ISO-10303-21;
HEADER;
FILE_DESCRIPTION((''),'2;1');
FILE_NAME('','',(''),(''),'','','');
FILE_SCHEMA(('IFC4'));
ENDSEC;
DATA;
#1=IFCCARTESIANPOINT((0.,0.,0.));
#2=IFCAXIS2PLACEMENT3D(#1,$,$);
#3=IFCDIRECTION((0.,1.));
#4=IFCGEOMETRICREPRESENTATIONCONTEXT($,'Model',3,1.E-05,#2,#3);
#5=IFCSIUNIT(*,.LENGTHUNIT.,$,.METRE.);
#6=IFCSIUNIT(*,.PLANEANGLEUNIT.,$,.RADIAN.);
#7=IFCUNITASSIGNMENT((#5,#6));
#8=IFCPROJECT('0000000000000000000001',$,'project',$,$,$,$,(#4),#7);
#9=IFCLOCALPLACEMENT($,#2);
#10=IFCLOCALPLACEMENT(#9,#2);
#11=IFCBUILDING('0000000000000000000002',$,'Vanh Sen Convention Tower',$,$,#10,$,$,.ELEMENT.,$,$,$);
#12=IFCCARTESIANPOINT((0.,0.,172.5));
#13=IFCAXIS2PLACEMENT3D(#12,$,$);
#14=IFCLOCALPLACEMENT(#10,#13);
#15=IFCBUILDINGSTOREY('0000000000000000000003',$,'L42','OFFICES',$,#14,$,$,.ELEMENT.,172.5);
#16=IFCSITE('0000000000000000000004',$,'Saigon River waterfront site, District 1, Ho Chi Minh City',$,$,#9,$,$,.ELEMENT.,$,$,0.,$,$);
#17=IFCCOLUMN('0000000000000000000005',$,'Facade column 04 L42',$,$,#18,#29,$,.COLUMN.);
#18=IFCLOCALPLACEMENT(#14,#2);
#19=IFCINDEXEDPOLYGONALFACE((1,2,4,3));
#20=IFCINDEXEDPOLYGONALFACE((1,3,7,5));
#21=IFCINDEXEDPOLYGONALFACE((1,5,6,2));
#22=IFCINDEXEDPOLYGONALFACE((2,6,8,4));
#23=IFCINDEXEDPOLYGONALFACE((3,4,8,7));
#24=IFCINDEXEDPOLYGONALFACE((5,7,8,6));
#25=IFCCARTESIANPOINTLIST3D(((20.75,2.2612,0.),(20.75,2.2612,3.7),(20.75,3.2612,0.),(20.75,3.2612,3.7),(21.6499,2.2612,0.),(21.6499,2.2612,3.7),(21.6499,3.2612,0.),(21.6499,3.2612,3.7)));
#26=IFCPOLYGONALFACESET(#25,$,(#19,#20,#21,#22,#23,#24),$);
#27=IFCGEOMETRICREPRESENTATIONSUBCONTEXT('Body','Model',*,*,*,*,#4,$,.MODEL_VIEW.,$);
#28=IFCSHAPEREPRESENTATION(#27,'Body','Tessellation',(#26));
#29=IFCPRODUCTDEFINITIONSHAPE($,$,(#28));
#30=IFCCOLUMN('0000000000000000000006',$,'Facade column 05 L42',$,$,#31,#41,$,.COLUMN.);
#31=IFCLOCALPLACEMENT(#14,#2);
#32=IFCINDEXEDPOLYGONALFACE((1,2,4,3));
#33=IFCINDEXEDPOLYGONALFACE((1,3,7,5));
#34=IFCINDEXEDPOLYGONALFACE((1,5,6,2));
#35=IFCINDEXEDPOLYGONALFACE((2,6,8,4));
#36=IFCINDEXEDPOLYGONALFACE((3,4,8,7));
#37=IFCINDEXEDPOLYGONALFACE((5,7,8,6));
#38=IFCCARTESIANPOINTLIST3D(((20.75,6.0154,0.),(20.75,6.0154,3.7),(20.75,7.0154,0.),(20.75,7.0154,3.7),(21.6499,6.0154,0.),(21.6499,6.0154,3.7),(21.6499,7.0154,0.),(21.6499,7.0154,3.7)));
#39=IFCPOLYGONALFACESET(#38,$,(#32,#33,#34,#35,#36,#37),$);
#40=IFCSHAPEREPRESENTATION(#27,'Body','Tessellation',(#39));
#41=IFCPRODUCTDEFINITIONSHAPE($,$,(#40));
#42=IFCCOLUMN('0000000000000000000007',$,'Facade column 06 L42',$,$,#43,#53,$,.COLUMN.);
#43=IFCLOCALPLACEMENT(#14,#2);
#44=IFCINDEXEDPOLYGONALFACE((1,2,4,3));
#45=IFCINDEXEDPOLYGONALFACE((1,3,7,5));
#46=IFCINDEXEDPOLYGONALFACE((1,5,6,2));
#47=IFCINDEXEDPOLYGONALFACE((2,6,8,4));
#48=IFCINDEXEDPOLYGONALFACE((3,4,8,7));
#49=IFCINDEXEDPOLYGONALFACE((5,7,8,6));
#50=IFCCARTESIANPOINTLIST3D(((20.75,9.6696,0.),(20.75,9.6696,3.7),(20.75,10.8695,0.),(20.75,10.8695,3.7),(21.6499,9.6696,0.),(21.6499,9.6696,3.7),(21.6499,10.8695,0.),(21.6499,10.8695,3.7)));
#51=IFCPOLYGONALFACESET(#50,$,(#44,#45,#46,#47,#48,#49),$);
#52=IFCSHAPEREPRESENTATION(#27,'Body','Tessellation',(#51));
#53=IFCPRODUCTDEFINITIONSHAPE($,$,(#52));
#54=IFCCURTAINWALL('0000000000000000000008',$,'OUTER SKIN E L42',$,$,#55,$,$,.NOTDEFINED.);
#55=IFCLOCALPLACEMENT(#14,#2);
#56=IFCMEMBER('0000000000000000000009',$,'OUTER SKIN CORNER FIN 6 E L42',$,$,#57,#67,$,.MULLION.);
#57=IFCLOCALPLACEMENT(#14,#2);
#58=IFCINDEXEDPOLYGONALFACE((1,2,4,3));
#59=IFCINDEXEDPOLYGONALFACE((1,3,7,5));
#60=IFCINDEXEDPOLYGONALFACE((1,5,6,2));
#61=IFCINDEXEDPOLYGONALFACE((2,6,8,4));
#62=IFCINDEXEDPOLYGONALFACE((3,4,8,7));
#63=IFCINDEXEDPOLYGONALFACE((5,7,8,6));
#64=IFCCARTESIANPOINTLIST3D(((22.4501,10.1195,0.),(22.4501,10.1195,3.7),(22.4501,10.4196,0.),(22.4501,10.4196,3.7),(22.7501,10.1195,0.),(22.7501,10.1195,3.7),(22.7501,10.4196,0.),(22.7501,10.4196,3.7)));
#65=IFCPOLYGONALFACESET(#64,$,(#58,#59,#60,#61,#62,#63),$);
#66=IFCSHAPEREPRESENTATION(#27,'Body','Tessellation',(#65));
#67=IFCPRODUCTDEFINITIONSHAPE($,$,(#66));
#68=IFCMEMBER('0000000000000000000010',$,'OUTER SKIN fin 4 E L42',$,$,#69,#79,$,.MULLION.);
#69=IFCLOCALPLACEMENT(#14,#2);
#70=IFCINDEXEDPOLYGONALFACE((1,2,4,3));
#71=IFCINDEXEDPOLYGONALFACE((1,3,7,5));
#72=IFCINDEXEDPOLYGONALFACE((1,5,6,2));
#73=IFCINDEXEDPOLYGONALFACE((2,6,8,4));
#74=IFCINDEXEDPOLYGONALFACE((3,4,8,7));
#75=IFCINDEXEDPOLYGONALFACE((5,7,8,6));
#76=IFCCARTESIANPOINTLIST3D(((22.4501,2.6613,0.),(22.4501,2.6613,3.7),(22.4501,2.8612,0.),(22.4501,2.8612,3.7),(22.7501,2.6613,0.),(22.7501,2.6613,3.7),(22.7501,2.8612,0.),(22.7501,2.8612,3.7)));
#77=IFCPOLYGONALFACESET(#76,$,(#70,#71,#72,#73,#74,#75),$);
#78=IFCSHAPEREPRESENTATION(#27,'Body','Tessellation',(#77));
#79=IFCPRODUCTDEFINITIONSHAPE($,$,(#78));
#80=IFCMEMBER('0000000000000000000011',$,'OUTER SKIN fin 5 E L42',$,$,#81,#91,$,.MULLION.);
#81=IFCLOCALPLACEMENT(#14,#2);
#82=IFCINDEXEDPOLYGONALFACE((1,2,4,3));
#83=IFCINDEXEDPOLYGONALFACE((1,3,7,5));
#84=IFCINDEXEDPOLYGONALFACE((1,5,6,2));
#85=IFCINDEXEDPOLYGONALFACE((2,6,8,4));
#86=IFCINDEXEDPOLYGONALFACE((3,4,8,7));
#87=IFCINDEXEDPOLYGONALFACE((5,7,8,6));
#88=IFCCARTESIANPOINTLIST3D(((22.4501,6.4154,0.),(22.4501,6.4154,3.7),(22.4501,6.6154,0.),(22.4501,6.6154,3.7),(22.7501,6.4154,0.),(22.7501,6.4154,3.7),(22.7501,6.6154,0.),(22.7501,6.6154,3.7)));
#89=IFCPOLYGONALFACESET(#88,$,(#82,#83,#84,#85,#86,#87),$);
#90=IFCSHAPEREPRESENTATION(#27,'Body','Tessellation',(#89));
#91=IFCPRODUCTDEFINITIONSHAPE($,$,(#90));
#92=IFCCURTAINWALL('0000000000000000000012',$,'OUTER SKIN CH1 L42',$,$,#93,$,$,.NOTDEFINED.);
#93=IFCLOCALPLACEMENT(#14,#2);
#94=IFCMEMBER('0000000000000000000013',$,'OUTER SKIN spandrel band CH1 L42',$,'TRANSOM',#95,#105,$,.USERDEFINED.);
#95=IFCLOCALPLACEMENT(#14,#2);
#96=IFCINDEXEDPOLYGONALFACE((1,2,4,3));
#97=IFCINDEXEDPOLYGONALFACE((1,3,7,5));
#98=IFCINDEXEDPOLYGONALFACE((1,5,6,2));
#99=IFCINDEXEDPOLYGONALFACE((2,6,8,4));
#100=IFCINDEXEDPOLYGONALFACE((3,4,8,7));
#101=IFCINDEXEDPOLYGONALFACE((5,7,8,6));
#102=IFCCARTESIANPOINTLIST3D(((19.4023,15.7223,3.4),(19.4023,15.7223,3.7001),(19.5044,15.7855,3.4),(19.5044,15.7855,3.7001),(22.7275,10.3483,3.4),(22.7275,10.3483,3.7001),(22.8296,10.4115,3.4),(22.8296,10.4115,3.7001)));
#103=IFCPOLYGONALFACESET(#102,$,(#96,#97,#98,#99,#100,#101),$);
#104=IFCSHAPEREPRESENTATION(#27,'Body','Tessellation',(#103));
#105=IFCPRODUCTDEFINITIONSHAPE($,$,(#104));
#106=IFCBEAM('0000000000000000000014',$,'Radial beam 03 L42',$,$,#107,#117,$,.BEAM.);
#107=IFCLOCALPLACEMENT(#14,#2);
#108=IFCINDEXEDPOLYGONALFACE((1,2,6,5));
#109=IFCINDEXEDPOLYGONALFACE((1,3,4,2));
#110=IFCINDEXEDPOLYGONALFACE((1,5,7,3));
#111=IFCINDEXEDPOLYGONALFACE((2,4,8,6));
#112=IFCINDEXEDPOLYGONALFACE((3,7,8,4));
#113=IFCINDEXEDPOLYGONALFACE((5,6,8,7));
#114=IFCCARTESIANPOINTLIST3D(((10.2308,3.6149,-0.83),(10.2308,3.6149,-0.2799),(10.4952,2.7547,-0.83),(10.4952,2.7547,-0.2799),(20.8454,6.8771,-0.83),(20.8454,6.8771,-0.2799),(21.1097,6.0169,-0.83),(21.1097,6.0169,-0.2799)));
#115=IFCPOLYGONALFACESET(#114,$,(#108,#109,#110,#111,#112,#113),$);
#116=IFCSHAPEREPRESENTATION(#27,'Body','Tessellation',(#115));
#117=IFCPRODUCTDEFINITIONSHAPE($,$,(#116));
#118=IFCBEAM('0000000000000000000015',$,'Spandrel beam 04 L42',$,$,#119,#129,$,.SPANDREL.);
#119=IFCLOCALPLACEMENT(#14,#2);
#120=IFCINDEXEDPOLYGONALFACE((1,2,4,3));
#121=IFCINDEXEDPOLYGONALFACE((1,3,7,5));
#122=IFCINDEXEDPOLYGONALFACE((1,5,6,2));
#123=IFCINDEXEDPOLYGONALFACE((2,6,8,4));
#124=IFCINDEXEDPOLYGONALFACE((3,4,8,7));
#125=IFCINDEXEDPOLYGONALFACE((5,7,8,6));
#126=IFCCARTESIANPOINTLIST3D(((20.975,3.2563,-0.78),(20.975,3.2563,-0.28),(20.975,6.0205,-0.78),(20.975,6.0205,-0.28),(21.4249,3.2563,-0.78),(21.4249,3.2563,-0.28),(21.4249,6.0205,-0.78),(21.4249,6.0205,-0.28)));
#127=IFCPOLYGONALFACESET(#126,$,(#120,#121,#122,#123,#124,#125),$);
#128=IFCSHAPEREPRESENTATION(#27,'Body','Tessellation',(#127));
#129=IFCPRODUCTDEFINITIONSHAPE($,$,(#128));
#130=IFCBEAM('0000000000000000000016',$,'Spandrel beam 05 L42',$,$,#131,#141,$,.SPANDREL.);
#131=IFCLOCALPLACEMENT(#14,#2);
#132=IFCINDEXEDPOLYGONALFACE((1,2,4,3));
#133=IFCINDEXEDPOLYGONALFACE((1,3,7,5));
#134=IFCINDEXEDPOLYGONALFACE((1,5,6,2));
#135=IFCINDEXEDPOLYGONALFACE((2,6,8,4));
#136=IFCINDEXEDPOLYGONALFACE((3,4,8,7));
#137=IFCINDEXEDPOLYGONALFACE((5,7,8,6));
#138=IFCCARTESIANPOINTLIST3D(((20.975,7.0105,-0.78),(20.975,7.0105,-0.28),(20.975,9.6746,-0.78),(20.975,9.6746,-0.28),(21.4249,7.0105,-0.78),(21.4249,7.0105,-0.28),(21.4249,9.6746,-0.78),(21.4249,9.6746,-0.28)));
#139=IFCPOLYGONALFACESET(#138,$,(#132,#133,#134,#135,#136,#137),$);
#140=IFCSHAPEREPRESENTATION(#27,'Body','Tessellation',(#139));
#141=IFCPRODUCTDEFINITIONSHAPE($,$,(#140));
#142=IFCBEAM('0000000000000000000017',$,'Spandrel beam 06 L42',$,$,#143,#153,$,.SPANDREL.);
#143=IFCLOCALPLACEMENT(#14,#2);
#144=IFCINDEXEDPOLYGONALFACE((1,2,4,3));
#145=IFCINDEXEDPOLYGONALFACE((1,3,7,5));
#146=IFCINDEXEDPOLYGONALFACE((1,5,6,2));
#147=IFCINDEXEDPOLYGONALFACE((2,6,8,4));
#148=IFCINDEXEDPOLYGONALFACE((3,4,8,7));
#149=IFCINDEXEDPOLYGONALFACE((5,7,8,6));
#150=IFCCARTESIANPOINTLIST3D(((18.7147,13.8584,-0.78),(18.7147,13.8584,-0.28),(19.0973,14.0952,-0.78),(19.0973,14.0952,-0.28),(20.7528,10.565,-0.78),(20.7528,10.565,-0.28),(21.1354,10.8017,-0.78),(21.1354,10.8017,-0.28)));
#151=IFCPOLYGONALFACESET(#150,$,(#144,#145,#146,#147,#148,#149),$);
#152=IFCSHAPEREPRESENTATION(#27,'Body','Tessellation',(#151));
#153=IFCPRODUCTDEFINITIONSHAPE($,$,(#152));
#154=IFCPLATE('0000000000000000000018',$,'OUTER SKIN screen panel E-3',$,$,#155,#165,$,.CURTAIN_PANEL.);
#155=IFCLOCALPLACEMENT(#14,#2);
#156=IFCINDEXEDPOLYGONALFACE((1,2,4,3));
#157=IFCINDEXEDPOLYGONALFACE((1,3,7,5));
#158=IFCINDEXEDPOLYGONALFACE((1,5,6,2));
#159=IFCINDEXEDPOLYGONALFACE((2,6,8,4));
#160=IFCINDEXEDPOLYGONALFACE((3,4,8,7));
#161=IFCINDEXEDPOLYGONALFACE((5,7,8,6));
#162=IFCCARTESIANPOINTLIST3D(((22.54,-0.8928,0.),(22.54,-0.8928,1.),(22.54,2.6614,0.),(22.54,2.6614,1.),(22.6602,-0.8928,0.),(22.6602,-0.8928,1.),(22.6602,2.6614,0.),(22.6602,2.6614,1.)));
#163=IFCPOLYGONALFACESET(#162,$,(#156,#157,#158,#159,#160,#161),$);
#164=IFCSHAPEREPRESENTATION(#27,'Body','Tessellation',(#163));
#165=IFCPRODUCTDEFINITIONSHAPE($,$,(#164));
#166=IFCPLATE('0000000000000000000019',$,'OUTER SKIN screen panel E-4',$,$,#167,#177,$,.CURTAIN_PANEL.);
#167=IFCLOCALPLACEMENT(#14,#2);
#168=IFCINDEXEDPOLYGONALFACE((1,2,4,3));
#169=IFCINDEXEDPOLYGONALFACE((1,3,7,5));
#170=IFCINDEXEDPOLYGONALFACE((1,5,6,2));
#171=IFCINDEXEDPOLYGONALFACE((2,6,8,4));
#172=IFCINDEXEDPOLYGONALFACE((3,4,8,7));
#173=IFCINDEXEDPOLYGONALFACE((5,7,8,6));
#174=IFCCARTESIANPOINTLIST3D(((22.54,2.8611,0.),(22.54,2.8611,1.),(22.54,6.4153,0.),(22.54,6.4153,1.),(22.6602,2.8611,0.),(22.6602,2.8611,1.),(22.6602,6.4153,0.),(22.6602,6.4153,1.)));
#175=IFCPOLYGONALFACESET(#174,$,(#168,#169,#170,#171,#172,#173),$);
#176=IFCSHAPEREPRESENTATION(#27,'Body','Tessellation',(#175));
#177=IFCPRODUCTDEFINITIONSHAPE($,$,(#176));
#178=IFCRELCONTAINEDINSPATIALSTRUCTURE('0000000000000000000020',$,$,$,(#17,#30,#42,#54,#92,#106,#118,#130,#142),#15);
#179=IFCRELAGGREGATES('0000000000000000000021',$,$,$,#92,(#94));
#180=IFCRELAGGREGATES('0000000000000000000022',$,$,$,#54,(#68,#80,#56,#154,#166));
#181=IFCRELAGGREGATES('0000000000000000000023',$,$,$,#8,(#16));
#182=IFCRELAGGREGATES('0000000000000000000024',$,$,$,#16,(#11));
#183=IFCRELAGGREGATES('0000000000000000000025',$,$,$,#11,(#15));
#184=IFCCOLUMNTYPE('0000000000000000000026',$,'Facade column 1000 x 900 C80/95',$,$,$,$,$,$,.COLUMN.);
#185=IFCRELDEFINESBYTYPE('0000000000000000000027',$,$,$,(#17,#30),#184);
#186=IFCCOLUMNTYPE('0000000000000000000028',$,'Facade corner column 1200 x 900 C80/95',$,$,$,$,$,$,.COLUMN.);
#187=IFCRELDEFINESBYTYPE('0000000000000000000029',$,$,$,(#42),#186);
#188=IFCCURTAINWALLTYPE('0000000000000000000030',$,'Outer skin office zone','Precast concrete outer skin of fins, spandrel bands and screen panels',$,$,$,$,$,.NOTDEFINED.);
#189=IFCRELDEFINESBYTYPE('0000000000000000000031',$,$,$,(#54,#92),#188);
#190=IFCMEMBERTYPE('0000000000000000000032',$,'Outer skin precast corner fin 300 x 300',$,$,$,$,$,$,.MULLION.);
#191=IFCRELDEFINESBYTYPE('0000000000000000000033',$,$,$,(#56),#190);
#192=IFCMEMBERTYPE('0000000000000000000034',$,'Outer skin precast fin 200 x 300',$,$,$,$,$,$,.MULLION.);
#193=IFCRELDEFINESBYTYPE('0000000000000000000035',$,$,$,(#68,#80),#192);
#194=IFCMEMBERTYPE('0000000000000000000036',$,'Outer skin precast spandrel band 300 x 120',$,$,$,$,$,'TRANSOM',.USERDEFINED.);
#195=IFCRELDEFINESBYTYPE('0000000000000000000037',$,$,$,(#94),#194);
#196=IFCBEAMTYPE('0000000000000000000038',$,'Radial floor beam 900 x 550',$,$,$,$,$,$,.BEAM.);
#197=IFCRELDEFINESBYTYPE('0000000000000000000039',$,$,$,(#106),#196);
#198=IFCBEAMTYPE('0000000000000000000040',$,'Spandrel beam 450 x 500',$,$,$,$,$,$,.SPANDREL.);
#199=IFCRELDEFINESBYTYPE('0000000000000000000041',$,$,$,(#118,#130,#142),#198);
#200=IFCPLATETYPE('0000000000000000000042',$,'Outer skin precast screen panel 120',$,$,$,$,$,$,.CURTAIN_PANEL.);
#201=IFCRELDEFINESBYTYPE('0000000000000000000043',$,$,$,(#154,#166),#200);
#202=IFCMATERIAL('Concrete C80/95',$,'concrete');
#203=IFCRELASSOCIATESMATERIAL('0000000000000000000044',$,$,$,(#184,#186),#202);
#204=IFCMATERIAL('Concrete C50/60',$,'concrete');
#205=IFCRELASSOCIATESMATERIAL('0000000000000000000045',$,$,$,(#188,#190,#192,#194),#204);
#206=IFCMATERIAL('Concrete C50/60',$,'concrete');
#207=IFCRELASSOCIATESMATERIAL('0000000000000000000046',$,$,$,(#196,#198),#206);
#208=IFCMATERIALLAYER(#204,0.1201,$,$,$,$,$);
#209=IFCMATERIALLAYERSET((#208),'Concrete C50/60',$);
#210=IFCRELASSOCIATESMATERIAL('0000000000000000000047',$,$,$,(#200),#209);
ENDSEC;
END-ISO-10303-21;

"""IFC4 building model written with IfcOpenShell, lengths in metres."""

from ifc_helpers import new_model, si_unit, direction, frame, origin, origin_2d, place, context, subcontext, project, spatial, rectangle, extrude, material, layer, layer_set, material_profile, profile_set, type_object, element, aggregate, save


model = new_model("IFC4")

# Units and contexts
model_context = context("Model", 3, precision=1e-05, world=origin(), true_north=direction((0.0, 1.0)))
body_context = subcontext(model_context, "Body", "Model", "MODEL_VIEW")
ifc_project = project(units=[si_unit("LENGTHUNIT", "METRE"), si_unit("PLANEANGLEUNIT", "RADIAN")], contexts=[model_context])

# Site, building, storey
site_placement = place(None, origin())
site = spatial("IfcSite", under=ifc_project, at=site_placement, Name="Saigon River waterfront site, District 1, Ho Chi Minh City", CompositionType="ELEMENT", RefElevation=0.0)
building_placement = place(site_placement, origin())
building = spatial("IfcBuilding", under=site, at=building_placement, Name="Vanh Sen Convention Tower", CompositionType="ELEMENT")
storey_placement = place(building_placement, frame((0.0, 0.0, 172.5)))
storey = spatial("IfcBuildingStorey", under=building, at=storey_placement, Name="L42", Description="OFFICES", CompositionType="ELEMENT", Elevation=172.5)

# Columns
ifc_material_1 = material(Name="Concrete C80/95", Category="concrete")
ifc_material_profile_1 = material_profile(ifc_material_1, rectangle(XDim=1.0, YDim=0.8999, at=origin_2d()), Name="RC 1000X900")
ifc_profile_set_1 = profile_set([ifc_material_profile_1], Name="Concrete C80/95")
column_type_1 = type_object("IfcColumnType", Name="Facade column 1000 x 900 C80/95", PredefinedType="COLUMN", material=ifc_profile_set_1)
for number, where, z_axis, x_axis, name in (
    (1, (21.2, 2.7612, 0.0), (0.0, 0.0, 1.0), (0.0, 1.0, 0.0), "Facade column 04 L42"),
    (2, (21.2, 6.5154, 0.0), (0.0, 0.0, 1.0), (0.0, 1.0, 0.0), "Facade column 05 L42"),
):
    element("IfcColumn", number, at=place(storey_placement, frame(where, z_axis=z_axis, x_axis=x_axis)), inside=storey, type_object=column_type_1, Name=name, PredefinedType="COLUMN", context=body_context, shape_type="SweptSolid", body=[
        extrude(rectangle(XDim=1.0, YDim=0.8999, at=origin_2d()), origin(), (0.0, 0.0, 1.0), 3.7),
    ])
ifc_material_profile_2 = material_profile(ifc_material_1, rectangle(XDim=1.2, YDim=0.8999, at=origin_2d()), Name="RC 1200X900")
ifc_profile_set_2 = profile_set([ifc_material_profile_2], Name="Concrete C80/95")
column_type_2 = type_object("IfcColumnType", Name="Facade corner column 1200 x 900 C80/95", PredefinedType="COLUMN", material=ifc_profile_set_2)
column_placement = place(storey_placement, frame((21.2, 10.2695, 0.0), z_axis=(0.0, 0.0, 1.0), x_axis=(0.0, 1.0, 0.0)))
element("IfcColumn", 3, at=column_placement, inside=storey, type_object=column_type_2, Name="Facade column 06 L42", PredefinedType="COLUMN", context=body_context, shape_type="SweptSolid", body=[
    extrude(rectangle(XDim=1.2, YDim=0.8999, at=origin_2d()), origin(), (0.0, 0.0, 1.0), 3.7),
])

# Curtain wall, members
ifc_material_2 = material(Name="Concrete C50/60", Category="concrete")
curtain_wall_type = type_object("IfcCurtainWallType", Name="Outer skin office zone", Description="Precast concrete outer skin of fins, spandrel bands and screen panels", PredefinedType="NOTDEFINED", material=ifc_material_2)
curtain_wall_1_placement = place(storey_placement, origin())
curtain_wall_1 = element("IfcCurtainWall", 4, at=curtain_wall_1_placement, inside=storey, type_object=curtain_wall_type, Name="OUTER SKIN E L42", PredefinedType="NOTDEFINED")
ifc_material_profile_3 = material_profile(ifc_material_2, rectangle(XDim=0.3, YDim=0.3, at=origin_2d()), Name="Outer skin precast corner fin 300 x 300")
ifc_profile_set_3 = profile_set([ifc_material_profile_3], Name="Concrete C50/60")
member_type_1 = type_object("IfcMemberType", Name="Outer skin precast corner fin 300 x 300", PredefinedType="MULLION", material=ifc_profile_set_3)
member_1_placement = place(storey_placement, frame((22.6001, 10.2695, 0.0), z_axis=(0.0, 0.0, 1.0), x_axis=(0.0, 1.0, 0.0)))
member_1 = element("IfcMember", 5, at=member_1_placement, type_object=member_type_1, Name="OUTER SKIN CORNER FIN 6 E L42", PredefinedType="MULLION", context=body_context, shape_type="SweptSolid", body=[
    extrude(rectangle(XDim=0.3, YDim=0.3, at=origin_2d()), origin(), (0.0, 0.0, 1.0), 3.7),
])
ifc_material_profile_4 = material_profile(ifc_material_2, rectangle(XDim=0.2, YDim=0.3, at=origin_2d()), Name="Outer skin precast fin 200 x 300")
ifc_profile_set_4 = profile_set([ifc_material_profile_4], Name="Concrete C50/60")
member_type_2 = type_object("IfcMemberType", Name="Outer skin precast fin 200 x 300", PredefinedType="MULLION", material=ifc_profile_set_4)
member_2_placement = place(storey_placement, frame((22.6001, 2.7612, 0.0), z_axis=(0.0, 0.0, 1.0), x_axis=(0.0, 1.0, 0.0)))
member_2 = element("IfcMember", 6, at=member_2_placement, type_object=member_type_2, Name="OUTER SKIN fin 4 E L42", PredefinedType="MULLION", context=body_context, shape_type="SweptSolid", body=[
    extrude(rectangle(XDim=0.2, YDim=0.3, at=origin_2d()), origin(), (0.0, 0.0, 1.0), 3.7),
])
member_3_placement = place(storey_placement, frame((22.6001, 6.5154, 0.0), z_axis=(0.0, 0.0, 1.0), x_axis=(0.0, 1.0, 0.0)))
member_3 = element("IfcMember", 7, at=member_3_placement, type_object=member_type_2, Name="OUTER SKIN fin 5 E L42", PredefinedType="MULLION", context=body_context, shape_type="SweptSolid", body=[
    extrude(rectangle(XDim=0.2, YDim=0.3, at=origin_2d()), origin(), (0.0, 0.0, 1.0), 3.7),
])

# Curtain wall, member
curtain_wall_2_placement = place(storey_placement, origin())
curtain_wall_2 = element("IfcCurtainWall", 8, at=curtain_wall_2_placement, inside=storey, type_object=curtain_wall_type, Name="OUTER SKIN CH1 L42", PredefinedType="NOTDEFINED")
ifc_material_profile_5 = material_profile(ifc_material_2, rectangle(XDim=0.1201, YDim=0.3, at=origin_2d()), Name="Outer skin precast spandrel band 300 x 120")
ifc_profile_set_5 = profile_set([ifc_material_profile_5], Name="Concrete C50/60")
member_type_3 = type_object("IfcMemberType", Name="Outer skin precast spandrel band 300 x 120", ElementType="TRANSOM", PredefinedType="USERDEFINED", material=ifc_profile_set_5)
member_4_placement = place(storey_placement, frame((22.7786, 10.3799, 3.55), z_axis=(-0.526174, 0.850377, 0.0), x_axis=(-0.850377, -0.526174, 0.0)))
member_4 = element("IfcMember", 9, at=member_4_placement, type_object=member_type_3, Name="OUTER SKIN spandrel band CH1 L42", ObjectType="TRANSOM", PredefinedType="USERDEFINED", context=body_context, shape_type="SweptSolid", body=[
    extrude(rectangle(XDim=0.1201, YDim=0.3, at=origin_2d()), origin(), (0.0, 0.0, 1.0), 6.3196),
])
aggregate(curtain_wall_2, [member_4])

# Beams
ifc_material_3 = material(Name="Concrete C50/60", Category="concrete")
ifc_material_profile_6 = material_profile(ifc_material_3, rectangle(XDim=0.8999, YDim=0.55, at=origin_2d()), Name="RC 900X550")
ifc_profile_set_6 = profile_set([ifc_material_profile_6], Name="Concrete C50/60")
beam_type_1 = type_object("IfcBeamType", Name="Radial floor beam 900 x 550", PredefinedType="BEAM", material=ifc_profile_set_6)
beam_1_placement = place(storey_placement, frame((20.9775, 6.447, -0.5549), z_axis=(-0.955875, -0.293774, 0.0), x_axis=(0.293774, -0.955875, 0.0)))
element("IfcBeam", 10, at=beam_1_placement, inside=storey, type_object=beam_type_1, Name="Radial beam 03 L42", PredefinedType="BEAM", context=body_context, shape_type="SweptSolid", body=[
    extrude(rectangle(XDim=0.8999, YDim=0.55, at=origin_2d()), origin(), (0.0, 0.0, 1.0), 11.1045),
])
ifc_material_profile_7 = material_profile(ifc_material_3, rectangle(XDim=0.45, YDim=0.5, at=origin_2d()), Name="RC 450X500")
ifc_profile_set_7 = profile_set([ifc_material_profile_7], Name="Concrete C50/60")
beam_type_2 = type_object("IfcBeamType", Name="Spandrel beam 450 x 500", PredefinedType="SPANDREL", material=ifc_profile_set_7)
beam_2_placement = place(storey_placement, frame((21.2, 3.2563, -0.53), z_axis=(0.0, 1.0, 0.0), x_axis=(-1.0, 0.0, 0.0)))
element("IfcBeam", 11, at=beam_2_placement, inside=storey, type_object=beam_type_2, Name="Spandrel beam 04 L42", PredefinedType="SPANDREL", context=body_context, shape_type="SweptSolid", body=[
    extrude(rectangle(XDim=0.45, YDim=0.5, at=origin_2d()), origin(), (0.0, 0.0, 1.0), 2.7642),
])
beam_3_placement = place(storey_placement, frame((21.2, 7.0105, -0.53), z_axis=(0.0, 1.0, 0.0), x_axis=(-1.0, 0.0, 0.0)))
element("IfcBeam", 12, at=beam_3_placement, inside=storey, type_object=beam_type_2, Name="Spandrel beam 05 L42", PredefinedType="SPANDREL", context=body_context, shape_type="SweptSolid", body=[
    extrude(rectangle(XDim=0.45, YDim=0.5, at=origin_2d()), origin(), (0.0, 0.0, 1.0), 2.6641),
])
beam_4_placement = place(storey_placement, frame((20.9441, 10.6833, -0.53), z_axis=(-0.52622, 0.850348, 0.0), x_axis=(-0.850348, -0.52622, 0.0)))
element("IfcBeam", 13, at=beam_4_placement, inside=storey, type_object=beam_type_2, Name="Spandrel beam 06 L42", PredefinedType="SPANDREL", context=body_context, shape_type="SweptSolid", body=[
    extrude(rectangle(XDim=0.45, YDim=0.5, at=origin_2d()), origin(), (0.0, 0.0, 1.0), 3.873),
])

# Plates
ifc_layer_1 = layer(ifc_material_2, 0.1201)
ifc_layer_set_1 = layer_set([ifc_layer_1], Name="Concrete C50/60")
plate_type = type_object("IfcPlateType", Name="Outer skin precast screen panel 120", PredefinedType="CURTAIN_PANEL", material=ifc_layer_set_1)
plate_1_placement = place(storey_placement, frame((22.6001, 0.8843, 0.0), z_axis=(0.0, 0.0, 1.0), x_axis=(0.0, 1.0, 0.0)))
plate_1 = element("IfcPlate", 14, at=plate_1_placement, type_object=plate_type, Name="OUTER SKIN screen panel E-3", PredefinedType="CURTAIN_PANEL", context=body_context, shape_type="SweptSolid", body=[
    extrude(rectangle(XDim=3.5542, YDim=0.1201, at=origin_2d()), origin(), (0.0, 0.0, 1.0), 1.0),
])
plate_2_placement = place(storey_placement, frame((22.6001, 4.6382, 0.0), z_axis=(0.0, 0.0, 1.0), x_axis=(0.0, 1.0, 0.0)))
plate_2 = element("IfcPlate", 15, at=plate_2_placement, type_object=plate_type, Name="OUTER SKIN screen panel E-4", PredefinedType="CURTAIN_PANEL", context=body_context, shape_type="SweptSolid", body=[
    extrude(rectangle(XDim=3.5542, YDim=0.1201, at=origin_2d()), origin(), (0.0, 0.0, 1.0), 1.0),
])
aggregate(curtain_wall_1, [member_2, member_3, member_1, plate_1, plate_2])

save(model, "model.ifc")
